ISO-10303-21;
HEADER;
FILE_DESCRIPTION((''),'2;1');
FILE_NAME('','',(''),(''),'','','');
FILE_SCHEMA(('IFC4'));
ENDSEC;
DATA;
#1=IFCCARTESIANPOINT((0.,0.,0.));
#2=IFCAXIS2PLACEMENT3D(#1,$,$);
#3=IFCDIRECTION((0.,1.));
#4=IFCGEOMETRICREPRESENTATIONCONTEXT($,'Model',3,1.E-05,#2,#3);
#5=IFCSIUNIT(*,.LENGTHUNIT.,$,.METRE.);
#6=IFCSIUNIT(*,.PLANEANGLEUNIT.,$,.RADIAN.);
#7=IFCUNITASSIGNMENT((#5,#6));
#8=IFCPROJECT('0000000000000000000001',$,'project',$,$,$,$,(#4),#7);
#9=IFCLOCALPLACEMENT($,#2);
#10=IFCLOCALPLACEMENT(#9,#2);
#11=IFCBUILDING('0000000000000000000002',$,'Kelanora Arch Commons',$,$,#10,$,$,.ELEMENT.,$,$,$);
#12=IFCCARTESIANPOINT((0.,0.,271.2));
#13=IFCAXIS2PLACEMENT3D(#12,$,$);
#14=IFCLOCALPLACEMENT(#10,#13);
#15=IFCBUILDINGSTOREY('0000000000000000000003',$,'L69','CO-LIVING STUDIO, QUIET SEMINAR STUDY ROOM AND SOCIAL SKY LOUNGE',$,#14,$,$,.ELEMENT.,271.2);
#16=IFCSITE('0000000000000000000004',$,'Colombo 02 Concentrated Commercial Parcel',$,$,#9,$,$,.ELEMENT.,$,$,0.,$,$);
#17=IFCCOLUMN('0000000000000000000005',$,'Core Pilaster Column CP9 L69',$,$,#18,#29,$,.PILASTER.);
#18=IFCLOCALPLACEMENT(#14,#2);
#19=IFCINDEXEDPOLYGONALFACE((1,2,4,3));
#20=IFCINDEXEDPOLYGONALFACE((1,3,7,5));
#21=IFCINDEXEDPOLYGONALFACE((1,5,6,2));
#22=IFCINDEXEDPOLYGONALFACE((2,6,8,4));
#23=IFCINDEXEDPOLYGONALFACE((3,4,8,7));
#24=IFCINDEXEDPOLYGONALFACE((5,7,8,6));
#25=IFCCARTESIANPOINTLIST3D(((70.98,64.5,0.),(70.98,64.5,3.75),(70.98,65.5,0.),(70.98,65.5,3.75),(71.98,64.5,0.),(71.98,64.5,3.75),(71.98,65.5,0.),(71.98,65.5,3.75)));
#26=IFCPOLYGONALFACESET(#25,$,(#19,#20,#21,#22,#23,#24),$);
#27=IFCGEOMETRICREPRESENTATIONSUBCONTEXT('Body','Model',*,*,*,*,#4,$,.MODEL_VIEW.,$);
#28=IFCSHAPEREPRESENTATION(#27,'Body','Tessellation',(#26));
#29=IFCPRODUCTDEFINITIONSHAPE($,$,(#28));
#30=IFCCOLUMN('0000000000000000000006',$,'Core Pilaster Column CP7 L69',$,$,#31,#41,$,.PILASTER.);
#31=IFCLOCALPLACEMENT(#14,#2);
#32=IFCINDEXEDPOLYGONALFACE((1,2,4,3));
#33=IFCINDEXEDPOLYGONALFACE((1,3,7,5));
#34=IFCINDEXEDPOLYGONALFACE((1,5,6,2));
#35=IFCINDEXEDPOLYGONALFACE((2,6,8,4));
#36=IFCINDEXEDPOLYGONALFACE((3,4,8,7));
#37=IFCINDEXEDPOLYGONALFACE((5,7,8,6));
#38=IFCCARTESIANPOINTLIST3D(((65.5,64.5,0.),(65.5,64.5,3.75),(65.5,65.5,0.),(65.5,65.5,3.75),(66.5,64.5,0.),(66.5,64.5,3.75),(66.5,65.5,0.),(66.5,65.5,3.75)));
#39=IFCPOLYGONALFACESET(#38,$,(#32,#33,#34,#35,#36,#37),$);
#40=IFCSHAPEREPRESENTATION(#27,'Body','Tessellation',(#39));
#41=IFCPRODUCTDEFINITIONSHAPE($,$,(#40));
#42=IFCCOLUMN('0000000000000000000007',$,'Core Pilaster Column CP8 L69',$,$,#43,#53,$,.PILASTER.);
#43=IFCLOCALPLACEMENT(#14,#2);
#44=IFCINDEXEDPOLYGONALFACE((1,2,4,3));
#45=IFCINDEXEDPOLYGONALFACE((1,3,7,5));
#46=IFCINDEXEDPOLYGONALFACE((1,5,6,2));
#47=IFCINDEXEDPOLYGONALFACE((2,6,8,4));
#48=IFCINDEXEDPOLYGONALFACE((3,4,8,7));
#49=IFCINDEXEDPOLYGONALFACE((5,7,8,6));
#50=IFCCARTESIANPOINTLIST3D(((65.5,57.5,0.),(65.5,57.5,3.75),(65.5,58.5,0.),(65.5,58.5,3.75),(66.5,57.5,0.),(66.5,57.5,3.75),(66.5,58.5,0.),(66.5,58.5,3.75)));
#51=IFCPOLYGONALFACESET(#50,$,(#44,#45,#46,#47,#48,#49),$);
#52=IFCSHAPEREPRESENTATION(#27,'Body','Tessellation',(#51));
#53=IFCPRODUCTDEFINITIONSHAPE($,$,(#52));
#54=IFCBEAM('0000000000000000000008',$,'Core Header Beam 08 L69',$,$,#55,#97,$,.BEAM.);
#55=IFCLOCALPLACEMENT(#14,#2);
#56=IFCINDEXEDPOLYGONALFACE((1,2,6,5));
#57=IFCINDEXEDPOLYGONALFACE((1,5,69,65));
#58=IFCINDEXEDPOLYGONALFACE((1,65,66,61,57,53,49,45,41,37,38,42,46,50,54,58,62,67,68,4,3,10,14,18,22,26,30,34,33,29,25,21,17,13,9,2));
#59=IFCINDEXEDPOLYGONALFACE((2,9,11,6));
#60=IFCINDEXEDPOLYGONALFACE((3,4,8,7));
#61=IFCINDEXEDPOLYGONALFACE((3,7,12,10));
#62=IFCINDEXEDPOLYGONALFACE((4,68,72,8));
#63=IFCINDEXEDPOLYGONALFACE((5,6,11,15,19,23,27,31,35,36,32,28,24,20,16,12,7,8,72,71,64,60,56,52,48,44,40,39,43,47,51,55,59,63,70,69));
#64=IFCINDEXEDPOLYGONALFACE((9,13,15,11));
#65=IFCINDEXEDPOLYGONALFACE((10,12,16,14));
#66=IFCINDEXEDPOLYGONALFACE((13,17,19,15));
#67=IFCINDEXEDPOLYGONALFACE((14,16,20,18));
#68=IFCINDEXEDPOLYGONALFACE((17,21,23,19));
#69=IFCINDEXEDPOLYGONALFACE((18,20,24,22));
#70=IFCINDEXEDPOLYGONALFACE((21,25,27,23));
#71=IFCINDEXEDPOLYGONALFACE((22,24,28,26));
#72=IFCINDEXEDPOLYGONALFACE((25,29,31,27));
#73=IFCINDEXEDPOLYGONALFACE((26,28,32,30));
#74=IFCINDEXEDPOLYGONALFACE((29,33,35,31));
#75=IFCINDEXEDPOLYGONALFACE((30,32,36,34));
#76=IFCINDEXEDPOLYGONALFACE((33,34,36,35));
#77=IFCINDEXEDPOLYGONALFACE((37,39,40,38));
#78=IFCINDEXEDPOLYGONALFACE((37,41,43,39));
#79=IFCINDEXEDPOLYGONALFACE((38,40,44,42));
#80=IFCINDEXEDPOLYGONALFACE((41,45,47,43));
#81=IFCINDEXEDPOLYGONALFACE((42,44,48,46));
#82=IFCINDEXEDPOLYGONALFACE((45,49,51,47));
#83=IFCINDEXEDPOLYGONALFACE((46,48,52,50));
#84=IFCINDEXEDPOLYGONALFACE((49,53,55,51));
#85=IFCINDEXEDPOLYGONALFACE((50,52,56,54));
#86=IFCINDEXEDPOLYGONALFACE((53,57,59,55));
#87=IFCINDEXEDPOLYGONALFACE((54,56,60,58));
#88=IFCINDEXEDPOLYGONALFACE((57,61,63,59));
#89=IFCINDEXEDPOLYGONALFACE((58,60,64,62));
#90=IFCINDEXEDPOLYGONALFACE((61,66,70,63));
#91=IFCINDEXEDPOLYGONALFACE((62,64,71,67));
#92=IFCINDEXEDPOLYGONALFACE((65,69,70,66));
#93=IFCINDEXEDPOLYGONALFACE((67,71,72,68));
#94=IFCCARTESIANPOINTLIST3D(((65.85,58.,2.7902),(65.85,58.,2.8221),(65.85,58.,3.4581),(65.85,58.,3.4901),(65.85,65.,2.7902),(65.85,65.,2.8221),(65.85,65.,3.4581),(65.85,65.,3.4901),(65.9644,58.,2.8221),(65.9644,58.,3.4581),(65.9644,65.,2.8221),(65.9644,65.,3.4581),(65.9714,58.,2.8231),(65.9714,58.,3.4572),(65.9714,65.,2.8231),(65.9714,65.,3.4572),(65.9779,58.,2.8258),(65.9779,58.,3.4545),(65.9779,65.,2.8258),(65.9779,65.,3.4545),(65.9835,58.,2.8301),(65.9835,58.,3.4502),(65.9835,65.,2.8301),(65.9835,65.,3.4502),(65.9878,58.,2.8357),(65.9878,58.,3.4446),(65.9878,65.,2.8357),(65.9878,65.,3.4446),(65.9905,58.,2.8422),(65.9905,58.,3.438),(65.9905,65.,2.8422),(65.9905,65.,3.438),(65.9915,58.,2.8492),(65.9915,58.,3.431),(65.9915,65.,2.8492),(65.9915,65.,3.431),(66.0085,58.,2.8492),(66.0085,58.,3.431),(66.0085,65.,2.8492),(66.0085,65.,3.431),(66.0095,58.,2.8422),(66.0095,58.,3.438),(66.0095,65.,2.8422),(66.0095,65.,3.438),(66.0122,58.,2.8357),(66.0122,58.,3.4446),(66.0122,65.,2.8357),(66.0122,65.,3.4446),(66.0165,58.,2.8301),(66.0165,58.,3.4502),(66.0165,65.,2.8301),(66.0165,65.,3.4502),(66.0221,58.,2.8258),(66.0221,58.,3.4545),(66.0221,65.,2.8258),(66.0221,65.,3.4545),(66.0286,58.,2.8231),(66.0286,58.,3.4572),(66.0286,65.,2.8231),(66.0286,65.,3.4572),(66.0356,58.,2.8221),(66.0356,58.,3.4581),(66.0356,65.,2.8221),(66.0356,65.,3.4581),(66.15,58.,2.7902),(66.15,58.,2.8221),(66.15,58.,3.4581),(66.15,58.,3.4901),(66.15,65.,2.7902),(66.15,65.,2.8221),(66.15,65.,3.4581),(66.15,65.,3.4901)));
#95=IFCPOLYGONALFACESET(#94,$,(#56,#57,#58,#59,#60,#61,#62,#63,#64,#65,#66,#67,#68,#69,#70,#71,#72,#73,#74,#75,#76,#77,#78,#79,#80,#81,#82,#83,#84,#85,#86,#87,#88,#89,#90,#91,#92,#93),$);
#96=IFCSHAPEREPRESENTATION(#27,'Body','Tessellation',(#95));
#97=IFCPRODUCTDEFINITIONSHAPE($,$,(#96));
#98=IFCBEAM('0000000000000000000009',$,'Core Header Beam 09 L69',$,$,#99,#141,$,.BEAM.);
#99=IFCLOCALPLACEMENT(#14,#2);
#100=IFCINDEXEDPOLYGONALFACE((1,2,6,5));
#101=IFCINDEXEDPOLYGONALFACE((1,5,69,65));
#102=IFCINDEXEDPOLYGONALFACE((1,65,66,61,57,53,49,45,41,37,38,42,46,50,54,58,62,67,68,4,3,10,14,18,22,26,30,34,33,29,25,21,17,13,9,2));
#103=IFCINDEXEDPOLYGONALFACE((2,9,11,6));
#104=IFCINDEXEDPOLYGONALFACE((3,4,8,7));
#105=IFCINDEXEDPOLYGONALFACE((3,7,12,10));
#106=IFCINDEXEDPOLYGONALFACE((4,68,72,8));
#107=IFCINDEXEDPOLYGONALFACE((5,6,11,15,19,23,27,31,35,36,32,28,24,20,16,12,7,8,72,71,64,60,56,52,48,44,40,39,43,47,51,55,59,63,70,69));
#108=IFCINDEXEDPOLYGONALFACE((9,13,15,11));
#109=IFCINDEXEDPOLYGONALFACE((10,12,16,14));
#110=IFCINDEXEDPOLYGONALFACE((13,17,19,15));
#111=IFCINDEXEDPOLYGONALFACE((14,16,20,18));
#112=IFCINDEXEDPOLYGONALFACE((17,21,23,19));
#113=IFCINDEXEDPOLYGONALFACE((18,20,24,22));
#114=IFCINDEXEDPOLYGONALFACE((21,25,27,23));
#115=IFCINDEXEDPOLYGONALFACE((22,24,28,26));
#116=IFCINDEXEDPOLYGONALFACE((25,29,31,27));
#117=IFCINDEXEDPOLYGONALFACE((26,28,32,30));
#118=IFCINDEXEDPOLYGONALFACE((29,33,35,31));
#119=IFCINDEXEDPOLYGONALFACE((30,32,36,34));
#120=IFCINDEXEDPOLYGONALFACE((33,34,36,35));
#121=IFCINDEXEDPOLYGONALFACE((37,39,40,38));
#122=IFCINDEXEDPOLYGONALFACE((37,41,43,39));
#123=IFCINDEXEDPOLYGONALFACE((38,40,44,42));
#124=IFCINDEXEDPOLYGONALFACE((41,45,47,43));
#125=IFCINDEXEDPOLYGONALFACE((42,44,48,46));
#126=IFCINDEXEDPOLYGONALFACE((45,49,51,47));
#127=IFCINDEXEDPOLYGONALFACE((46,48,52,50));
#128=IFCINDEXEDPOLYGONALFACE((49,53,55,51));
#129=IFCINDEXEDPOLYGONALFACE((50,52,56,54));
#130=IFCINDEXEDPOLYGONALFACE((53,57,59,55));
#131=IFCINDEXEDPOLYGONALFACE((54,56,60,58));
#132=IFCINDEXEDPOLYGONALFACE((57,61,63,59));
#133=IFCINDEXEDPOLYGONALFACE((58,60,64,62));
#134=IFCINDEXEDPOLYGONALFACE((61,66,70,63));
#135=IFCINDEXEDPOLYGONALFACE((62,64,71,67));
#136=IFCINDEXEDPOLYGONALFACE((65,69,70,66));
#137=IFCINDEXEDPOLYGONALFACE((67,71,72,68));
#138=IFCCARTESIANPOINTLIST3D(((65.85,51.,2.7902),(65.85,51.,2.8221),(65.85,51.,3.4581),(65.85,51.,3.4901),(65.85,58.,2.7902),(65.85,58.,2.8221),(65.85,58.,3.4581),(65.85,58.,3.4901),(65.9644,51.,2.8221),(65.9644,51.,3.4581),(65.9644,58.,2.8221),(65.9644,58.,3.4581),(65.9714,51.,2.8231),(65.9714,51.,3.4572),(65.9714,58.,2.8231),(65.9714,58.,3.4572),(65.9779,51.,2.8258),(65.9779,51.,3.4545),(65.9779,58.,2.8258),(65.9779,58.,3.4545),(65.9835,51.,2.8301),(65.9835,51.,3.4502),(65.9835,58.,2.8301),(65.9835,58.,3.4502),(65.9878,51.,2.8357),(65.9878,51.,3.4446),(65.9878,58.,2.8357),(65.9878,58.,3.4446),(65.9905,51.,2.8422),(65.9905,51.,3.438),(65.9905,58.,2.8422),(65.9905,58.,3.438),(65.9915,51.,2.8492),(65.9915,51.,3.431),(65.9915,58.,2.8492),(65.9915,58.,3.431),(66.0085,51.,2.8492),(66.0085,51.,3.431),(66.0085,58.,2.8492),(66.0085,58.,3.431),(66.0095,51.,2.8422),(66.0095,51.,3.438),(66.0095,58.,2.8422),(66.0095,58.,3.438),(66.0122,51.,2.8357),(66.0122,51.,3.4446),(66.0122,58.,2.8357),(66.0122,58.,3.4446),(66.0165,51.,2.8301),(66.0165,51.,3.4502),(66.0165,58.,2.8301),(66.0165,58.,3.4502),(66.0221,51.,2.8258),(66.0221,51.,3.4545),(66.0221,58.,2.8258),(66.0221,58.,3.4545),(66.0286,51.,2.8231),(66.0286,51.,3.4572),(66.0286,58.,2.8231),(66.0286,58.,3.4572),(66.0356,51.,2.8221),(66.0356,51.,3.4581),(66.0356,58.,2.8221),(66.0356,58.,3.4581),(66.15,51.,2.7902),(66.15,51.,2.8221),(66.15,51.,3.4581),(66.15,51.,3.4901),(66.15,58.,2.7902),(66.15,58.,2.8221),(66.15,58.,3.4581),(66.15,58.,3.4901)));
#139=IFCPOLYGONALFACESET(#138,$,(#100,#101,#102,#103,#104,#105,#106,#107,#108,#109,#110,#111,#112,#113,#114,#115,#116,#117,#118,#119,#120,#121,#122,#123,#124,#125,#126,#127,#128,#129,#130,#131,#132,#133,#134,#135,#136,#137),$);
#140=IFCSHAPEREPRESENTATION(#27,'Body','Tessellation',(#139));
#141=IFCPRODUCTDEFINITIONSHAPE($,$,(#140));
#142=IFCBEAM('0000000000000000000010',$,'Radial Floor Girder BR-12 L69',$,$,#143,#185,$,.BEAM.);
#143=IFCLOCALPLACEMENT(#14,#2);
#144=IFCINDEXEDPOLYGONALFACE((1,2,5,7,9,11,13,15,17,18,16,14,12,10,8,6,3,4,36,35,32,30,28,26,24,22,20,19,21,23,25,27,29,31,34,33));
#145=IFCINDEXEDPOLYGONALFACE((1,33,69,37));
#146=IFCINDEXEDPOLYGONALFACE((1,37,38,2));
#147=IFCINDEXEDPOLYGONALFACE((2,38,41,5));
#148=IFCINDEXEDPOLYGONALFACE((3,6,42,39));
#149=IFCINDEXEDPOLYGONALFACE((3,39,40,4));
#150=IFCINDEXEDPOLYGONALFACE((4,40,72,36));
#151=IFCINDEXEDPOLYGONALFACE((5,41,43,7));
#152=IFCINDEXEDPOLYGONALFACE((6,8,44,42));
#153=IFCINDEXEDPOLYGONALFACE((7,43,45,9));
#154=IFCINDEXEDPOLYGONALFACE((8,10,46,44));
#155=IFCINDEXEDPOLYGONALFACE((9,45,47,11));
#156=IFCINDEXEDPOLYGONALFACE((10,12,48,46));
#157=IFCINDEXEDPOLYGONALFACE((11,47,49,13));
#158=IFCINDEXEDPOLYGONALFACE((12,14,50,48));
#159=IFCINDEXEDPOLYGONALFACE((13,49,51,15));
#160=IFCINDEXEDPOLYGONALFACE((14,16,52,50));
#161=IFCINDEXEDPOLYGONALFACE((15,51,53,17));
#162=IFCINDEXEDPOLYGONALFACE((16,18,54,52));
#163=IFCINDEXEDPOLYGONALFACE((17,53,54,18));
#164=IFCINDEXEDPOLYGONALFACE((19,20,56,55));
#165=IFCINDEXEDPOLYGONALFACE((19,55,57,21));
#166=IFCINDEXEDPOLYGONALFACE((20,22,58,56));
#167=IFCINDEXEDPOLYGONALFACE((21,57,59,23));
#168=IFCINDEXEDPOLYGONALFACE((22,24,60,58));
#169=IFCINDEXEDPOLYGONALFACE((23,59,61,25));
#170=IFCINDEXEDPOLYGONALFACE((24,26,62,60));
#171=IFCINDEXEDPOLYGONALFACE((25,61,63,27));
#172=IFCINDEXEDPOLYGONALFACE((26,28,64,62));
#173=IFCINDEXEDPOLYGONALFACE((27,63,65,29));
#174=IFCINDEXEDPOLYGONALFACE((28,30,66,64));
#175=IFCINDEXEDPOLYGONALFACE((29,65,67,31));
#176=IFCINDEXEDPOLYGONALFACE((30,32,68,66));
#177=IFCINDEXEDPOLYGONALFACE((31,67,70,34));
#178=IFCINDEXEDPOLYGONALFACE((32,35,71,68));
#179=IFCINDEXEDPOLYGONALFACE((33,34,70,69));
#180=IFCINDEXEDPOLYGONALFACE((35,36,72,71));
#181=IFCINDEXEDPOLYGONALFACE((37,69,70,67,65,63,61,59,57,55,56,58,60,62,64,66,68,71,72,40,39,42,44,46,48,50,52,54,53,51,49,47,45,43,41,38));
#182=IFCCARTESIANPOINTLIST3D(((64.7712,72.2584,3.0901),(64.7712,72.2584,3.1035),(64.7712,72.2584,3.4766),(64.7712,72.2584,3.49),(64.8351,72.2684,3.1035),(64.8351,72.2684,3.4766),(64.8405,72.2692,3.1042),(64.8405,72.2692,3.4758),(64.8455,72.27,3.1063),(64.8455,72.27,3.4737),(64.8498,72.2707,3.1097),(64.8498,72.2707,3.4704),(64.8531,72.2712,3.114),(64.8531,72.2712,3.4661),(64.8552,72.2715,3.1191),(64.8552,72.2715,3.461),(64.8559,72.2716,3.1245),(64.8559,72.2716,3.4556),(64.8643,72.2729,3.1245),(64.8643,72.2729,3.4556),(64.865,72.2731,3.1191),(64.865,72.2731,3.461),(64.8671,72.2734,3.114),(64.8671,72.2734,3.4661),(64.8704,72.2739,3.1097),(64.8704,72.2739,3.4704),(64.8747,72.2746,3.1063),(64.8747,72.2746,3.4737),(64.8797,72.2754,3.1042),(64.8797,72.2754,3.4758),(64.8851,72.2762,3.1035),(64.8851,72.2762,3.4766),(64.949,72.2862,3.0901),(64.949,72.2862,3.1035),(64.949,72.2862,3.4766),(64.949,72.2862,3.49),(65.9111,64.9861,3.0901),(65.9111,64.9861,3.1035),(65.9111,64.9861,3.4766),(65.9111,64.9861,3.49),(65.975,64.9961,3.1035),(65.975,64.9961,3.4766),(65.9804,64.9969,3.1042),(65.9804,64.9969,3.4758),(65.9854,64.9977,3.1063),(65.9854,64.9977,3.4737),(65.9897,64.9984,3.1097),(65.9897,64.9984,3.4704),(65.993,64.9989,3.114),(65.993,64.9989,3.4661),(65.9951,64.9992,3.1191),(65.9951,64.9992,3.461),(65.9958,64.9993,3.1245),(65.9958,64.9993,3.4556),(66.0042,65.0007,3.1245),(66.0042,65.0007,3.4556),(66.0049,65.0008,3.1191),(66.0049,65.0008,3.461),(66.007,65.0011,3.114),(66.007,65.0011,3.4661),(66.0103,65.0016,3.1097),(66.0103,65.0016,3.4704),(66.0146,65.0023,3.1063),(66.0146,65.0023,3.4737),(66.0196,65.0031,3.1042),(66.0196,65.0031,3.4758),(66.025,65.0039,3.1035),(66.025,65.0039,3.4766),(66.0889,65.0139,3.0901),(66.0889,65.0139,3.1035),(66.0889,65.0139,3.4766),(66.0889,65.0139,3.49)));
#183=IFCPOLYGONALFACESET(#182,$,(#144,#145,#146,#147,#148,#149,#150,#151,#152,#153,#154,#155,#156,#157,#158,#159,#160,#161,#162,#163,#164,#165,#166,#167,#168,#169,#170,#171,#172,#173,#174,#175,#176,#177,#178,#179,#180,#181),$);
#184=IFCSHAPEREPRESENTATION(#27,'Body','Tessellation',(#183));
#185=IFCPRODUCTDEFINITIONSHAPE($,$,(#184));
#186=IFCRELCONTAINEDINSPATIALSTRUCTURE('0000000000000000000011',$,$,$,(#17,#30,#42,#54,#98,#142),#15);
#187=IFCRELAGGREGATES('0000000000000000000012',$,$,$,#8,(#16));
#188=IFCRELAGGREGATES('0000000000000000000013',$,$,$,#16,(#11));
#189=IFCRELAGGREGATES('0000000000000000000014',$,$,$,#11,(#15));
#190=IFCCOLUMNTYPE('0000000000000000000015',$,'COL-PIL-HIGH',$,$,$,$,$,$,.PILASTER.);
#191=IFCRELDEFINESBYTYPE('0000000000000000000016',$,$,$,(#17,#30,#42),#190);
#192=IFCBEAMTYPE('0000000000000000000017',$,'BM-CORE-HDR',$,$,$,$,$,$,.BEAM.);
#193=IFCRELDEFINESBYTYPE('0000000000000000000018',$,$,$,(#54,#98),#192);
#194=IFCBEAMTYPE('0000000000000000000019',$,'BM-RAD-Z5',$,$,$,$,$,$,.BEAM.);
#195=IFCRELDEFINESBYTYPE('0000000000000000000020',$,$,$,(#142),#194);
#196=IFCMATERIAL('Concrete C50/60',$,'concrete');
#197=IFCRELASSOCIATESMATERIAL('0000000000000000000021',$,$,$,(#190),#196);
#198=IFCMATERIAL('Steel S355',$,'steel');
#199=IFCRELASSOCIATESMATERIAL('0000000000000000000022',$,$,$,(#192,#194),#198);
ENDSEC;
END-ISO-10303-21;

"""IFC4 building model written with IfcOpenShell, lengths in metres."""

from ifc_helpers import new_model, si_unit, direction, frame, origin, origin_2d, place, context, subcontext, project, spatial, rectangle, i_section, extrude, material, material_profile, profile_set, type_object, element, save


model = new_model("IFC4")

# Units and contexts
model_context = context("Model", 3, precision=1e-05, world=origin(), true_north=direction((0.0, 1.0)))
body_context = subcontext(model_context, "Body", "Model", "MODEL_VIEW")
ifc_project = project(units=[si_unit("LENGTHUNIT", "METRE"), si_unit("PLANEANGLEUNIT", "RADIAN")], contexts=[model_context])

# Site, building, storey
site_placement = place(None, origin())
site = spatial("IfcSite", under=ifc_project, at=site_placement, Name="Colombo 02 Concentrated Commercial Parcel", CompositionType="ELEMENT", RefElevation=0.0)
building_placement = place(site_placement, origin())
building = spatial("IfcBuilding", under=site, at=building_placement, Name="Kelanora Arch Commons", CompositionType="ELEMENT")
storey_placement = place(building_placement, frame((0.0, 0.0, 271.2)))
storey = spatial("IfcBuildingStorey", under=building, at=storey_placement, Name="L69", Description="CO-LIVING STUDIO, QUIET SEMINAR STUDY ROOM AND SOCIAL SKY LOUNGE", CompositionType="ELEMENT", Elevation=271.2)

# Columns
ifc_material_1 = material(Name="Concrete C50/60", Category="concrete")
ifc_material_profile_1 = material_profile(ifc_material_1, rectangle(XDim=1.0, YDim=1.0, at=origin_2d()), Name="RC1000x1000")
ifc_profile_set_1 = profile_set([ifc_material_profile_1], Name="Concrete C50/60")
column_type = type_object("IfcColumnType", Name="COL-PIL-HIGH", PredefinedType="PILASTER", material=ifc_profile_set_1)
for number, where, z_axis, x_axis, name in (
    (1, (71.48, 65.0, 0.0), (0.0, 0.0, 1.0), (1.0, 0.0, 0.0), "Core Pilaster Column CP9 L69"),
    (2, (66.0, 65.0, 0.0), (0.0, 0.0, 1.0), (1.0, 0.0, 0.0), "Core Pilaster Column CP7 L69"),
    (3, (66.0, 58.0, 0.0), (0.0, 0.0, 1.0), (1.0, 0.0, 0.0), "Core Pilaster Column CP8 L69"),
):
    element("IfcColumn", number, at=place(storey_placement, frame(where, z_axis=z_axis, x_axis=x_axis)), inside=storey, type_object=column_type, Name=name, PredefinedType="PILASTER", context=body_context, shape_type="SweptSolid", body=[
        extrude(rectangle(XDim=1.0, YDim=1.0, at=origin_2d()), origin(), (0.0, 0.0, 1.0), 3.75),
    ])

# Beams
ifc_material_2 = material(Name="Steel S355", Category="steel")
ifc_material_profile_2 = material_profile(ifc_material_2, i_section(OverallWidth=0.3, OverallDepth=0.7, WebThickness=0.0171, FlangeThickness=0.032, FilletRadius=0.0271, at=origin_2d()), Name="HEB700")
ifc_profile_set_2 = profile_set([ifc_material_profile_2], Name="Steel S355")
beam_type_1 = type_object("IfcBeamType", Name="BM-CORE-HDR", PredefinedType="BEAM", material=ifc_profile_set_2)
for number, where, z_axis, x_axis, name in (
    (4, (66.0, 65.0, 3.1401), (0.0, -1.0, 0.0), (1.0, 0.0, 0.0), "Core Header Beam 08 L69"),
    (5, (66.0, 58.0, 3.1401), (0.0, -1.0, 0.0), (1.0, 0.0, 0.0), "Core Header Beam 09 L69"),
):
    element("IfcBeam", number, at=place(storey_placement, frame(where, z_axis=z_axis, x_axis=x_axis)), inside=storey, type_object=beam_type_1, Name=name, PredefinedType="BEAM", context=body_context, shape_type="SweptSolid", body=[
        extrude(i_section(OverallWidth=0.3, OverallDepth=0.7, WebThickness=0.0171, FlangeThickness=0.032, FilletRadius=0.0271, at=origin_2d()), origin(), (0.0, 0.0, 1.0), 7.0),
    ])
ifc_material_profile_3 = material_profile(ifc_material_2, i_section(OverallWidth=0.1799, OverallDepth=0.3999, WebThickness=0.0085, FlangeThickness=0.0134, FilletRadius=0.021, at=origin_2d()), Name="IPE400")
ifc_profile_set_3 = profile_set([ifc_material_profile_3], Name="Steel S355")
beam_type_2 = type_object("IfcBeamType", Name="BM-RAD-Z5", PredefinedType="BEAM", material=ifc_profile_set_3)
beam_1_placement = place(storey_placement, frame((66.0, 65.0, 3.29), z_axis=(-0.154855, 0.987937, 0.0), x_axis=(-0.987937, -0.154855, 0.0)))
element("IfcBeam", 6, at=beam_1_placement, inside=storey, type_object=beam_type_2, Name="Radial Floor Girder BR-12 L69", PredefinedType="BEAM", context=body_context, shape_type="SweptSolid", body=[
    extrude(i_section(OverallWidth=0.1799, OverallDepth=0.3999, WebThickness=0.0085, FlangeThickness=0.0134, FilletRadius=0.021, at=origin_2d()), origin(), (0.0, 0.0, 1.0), 7.3611),
])

save(model, "model.ifc")
